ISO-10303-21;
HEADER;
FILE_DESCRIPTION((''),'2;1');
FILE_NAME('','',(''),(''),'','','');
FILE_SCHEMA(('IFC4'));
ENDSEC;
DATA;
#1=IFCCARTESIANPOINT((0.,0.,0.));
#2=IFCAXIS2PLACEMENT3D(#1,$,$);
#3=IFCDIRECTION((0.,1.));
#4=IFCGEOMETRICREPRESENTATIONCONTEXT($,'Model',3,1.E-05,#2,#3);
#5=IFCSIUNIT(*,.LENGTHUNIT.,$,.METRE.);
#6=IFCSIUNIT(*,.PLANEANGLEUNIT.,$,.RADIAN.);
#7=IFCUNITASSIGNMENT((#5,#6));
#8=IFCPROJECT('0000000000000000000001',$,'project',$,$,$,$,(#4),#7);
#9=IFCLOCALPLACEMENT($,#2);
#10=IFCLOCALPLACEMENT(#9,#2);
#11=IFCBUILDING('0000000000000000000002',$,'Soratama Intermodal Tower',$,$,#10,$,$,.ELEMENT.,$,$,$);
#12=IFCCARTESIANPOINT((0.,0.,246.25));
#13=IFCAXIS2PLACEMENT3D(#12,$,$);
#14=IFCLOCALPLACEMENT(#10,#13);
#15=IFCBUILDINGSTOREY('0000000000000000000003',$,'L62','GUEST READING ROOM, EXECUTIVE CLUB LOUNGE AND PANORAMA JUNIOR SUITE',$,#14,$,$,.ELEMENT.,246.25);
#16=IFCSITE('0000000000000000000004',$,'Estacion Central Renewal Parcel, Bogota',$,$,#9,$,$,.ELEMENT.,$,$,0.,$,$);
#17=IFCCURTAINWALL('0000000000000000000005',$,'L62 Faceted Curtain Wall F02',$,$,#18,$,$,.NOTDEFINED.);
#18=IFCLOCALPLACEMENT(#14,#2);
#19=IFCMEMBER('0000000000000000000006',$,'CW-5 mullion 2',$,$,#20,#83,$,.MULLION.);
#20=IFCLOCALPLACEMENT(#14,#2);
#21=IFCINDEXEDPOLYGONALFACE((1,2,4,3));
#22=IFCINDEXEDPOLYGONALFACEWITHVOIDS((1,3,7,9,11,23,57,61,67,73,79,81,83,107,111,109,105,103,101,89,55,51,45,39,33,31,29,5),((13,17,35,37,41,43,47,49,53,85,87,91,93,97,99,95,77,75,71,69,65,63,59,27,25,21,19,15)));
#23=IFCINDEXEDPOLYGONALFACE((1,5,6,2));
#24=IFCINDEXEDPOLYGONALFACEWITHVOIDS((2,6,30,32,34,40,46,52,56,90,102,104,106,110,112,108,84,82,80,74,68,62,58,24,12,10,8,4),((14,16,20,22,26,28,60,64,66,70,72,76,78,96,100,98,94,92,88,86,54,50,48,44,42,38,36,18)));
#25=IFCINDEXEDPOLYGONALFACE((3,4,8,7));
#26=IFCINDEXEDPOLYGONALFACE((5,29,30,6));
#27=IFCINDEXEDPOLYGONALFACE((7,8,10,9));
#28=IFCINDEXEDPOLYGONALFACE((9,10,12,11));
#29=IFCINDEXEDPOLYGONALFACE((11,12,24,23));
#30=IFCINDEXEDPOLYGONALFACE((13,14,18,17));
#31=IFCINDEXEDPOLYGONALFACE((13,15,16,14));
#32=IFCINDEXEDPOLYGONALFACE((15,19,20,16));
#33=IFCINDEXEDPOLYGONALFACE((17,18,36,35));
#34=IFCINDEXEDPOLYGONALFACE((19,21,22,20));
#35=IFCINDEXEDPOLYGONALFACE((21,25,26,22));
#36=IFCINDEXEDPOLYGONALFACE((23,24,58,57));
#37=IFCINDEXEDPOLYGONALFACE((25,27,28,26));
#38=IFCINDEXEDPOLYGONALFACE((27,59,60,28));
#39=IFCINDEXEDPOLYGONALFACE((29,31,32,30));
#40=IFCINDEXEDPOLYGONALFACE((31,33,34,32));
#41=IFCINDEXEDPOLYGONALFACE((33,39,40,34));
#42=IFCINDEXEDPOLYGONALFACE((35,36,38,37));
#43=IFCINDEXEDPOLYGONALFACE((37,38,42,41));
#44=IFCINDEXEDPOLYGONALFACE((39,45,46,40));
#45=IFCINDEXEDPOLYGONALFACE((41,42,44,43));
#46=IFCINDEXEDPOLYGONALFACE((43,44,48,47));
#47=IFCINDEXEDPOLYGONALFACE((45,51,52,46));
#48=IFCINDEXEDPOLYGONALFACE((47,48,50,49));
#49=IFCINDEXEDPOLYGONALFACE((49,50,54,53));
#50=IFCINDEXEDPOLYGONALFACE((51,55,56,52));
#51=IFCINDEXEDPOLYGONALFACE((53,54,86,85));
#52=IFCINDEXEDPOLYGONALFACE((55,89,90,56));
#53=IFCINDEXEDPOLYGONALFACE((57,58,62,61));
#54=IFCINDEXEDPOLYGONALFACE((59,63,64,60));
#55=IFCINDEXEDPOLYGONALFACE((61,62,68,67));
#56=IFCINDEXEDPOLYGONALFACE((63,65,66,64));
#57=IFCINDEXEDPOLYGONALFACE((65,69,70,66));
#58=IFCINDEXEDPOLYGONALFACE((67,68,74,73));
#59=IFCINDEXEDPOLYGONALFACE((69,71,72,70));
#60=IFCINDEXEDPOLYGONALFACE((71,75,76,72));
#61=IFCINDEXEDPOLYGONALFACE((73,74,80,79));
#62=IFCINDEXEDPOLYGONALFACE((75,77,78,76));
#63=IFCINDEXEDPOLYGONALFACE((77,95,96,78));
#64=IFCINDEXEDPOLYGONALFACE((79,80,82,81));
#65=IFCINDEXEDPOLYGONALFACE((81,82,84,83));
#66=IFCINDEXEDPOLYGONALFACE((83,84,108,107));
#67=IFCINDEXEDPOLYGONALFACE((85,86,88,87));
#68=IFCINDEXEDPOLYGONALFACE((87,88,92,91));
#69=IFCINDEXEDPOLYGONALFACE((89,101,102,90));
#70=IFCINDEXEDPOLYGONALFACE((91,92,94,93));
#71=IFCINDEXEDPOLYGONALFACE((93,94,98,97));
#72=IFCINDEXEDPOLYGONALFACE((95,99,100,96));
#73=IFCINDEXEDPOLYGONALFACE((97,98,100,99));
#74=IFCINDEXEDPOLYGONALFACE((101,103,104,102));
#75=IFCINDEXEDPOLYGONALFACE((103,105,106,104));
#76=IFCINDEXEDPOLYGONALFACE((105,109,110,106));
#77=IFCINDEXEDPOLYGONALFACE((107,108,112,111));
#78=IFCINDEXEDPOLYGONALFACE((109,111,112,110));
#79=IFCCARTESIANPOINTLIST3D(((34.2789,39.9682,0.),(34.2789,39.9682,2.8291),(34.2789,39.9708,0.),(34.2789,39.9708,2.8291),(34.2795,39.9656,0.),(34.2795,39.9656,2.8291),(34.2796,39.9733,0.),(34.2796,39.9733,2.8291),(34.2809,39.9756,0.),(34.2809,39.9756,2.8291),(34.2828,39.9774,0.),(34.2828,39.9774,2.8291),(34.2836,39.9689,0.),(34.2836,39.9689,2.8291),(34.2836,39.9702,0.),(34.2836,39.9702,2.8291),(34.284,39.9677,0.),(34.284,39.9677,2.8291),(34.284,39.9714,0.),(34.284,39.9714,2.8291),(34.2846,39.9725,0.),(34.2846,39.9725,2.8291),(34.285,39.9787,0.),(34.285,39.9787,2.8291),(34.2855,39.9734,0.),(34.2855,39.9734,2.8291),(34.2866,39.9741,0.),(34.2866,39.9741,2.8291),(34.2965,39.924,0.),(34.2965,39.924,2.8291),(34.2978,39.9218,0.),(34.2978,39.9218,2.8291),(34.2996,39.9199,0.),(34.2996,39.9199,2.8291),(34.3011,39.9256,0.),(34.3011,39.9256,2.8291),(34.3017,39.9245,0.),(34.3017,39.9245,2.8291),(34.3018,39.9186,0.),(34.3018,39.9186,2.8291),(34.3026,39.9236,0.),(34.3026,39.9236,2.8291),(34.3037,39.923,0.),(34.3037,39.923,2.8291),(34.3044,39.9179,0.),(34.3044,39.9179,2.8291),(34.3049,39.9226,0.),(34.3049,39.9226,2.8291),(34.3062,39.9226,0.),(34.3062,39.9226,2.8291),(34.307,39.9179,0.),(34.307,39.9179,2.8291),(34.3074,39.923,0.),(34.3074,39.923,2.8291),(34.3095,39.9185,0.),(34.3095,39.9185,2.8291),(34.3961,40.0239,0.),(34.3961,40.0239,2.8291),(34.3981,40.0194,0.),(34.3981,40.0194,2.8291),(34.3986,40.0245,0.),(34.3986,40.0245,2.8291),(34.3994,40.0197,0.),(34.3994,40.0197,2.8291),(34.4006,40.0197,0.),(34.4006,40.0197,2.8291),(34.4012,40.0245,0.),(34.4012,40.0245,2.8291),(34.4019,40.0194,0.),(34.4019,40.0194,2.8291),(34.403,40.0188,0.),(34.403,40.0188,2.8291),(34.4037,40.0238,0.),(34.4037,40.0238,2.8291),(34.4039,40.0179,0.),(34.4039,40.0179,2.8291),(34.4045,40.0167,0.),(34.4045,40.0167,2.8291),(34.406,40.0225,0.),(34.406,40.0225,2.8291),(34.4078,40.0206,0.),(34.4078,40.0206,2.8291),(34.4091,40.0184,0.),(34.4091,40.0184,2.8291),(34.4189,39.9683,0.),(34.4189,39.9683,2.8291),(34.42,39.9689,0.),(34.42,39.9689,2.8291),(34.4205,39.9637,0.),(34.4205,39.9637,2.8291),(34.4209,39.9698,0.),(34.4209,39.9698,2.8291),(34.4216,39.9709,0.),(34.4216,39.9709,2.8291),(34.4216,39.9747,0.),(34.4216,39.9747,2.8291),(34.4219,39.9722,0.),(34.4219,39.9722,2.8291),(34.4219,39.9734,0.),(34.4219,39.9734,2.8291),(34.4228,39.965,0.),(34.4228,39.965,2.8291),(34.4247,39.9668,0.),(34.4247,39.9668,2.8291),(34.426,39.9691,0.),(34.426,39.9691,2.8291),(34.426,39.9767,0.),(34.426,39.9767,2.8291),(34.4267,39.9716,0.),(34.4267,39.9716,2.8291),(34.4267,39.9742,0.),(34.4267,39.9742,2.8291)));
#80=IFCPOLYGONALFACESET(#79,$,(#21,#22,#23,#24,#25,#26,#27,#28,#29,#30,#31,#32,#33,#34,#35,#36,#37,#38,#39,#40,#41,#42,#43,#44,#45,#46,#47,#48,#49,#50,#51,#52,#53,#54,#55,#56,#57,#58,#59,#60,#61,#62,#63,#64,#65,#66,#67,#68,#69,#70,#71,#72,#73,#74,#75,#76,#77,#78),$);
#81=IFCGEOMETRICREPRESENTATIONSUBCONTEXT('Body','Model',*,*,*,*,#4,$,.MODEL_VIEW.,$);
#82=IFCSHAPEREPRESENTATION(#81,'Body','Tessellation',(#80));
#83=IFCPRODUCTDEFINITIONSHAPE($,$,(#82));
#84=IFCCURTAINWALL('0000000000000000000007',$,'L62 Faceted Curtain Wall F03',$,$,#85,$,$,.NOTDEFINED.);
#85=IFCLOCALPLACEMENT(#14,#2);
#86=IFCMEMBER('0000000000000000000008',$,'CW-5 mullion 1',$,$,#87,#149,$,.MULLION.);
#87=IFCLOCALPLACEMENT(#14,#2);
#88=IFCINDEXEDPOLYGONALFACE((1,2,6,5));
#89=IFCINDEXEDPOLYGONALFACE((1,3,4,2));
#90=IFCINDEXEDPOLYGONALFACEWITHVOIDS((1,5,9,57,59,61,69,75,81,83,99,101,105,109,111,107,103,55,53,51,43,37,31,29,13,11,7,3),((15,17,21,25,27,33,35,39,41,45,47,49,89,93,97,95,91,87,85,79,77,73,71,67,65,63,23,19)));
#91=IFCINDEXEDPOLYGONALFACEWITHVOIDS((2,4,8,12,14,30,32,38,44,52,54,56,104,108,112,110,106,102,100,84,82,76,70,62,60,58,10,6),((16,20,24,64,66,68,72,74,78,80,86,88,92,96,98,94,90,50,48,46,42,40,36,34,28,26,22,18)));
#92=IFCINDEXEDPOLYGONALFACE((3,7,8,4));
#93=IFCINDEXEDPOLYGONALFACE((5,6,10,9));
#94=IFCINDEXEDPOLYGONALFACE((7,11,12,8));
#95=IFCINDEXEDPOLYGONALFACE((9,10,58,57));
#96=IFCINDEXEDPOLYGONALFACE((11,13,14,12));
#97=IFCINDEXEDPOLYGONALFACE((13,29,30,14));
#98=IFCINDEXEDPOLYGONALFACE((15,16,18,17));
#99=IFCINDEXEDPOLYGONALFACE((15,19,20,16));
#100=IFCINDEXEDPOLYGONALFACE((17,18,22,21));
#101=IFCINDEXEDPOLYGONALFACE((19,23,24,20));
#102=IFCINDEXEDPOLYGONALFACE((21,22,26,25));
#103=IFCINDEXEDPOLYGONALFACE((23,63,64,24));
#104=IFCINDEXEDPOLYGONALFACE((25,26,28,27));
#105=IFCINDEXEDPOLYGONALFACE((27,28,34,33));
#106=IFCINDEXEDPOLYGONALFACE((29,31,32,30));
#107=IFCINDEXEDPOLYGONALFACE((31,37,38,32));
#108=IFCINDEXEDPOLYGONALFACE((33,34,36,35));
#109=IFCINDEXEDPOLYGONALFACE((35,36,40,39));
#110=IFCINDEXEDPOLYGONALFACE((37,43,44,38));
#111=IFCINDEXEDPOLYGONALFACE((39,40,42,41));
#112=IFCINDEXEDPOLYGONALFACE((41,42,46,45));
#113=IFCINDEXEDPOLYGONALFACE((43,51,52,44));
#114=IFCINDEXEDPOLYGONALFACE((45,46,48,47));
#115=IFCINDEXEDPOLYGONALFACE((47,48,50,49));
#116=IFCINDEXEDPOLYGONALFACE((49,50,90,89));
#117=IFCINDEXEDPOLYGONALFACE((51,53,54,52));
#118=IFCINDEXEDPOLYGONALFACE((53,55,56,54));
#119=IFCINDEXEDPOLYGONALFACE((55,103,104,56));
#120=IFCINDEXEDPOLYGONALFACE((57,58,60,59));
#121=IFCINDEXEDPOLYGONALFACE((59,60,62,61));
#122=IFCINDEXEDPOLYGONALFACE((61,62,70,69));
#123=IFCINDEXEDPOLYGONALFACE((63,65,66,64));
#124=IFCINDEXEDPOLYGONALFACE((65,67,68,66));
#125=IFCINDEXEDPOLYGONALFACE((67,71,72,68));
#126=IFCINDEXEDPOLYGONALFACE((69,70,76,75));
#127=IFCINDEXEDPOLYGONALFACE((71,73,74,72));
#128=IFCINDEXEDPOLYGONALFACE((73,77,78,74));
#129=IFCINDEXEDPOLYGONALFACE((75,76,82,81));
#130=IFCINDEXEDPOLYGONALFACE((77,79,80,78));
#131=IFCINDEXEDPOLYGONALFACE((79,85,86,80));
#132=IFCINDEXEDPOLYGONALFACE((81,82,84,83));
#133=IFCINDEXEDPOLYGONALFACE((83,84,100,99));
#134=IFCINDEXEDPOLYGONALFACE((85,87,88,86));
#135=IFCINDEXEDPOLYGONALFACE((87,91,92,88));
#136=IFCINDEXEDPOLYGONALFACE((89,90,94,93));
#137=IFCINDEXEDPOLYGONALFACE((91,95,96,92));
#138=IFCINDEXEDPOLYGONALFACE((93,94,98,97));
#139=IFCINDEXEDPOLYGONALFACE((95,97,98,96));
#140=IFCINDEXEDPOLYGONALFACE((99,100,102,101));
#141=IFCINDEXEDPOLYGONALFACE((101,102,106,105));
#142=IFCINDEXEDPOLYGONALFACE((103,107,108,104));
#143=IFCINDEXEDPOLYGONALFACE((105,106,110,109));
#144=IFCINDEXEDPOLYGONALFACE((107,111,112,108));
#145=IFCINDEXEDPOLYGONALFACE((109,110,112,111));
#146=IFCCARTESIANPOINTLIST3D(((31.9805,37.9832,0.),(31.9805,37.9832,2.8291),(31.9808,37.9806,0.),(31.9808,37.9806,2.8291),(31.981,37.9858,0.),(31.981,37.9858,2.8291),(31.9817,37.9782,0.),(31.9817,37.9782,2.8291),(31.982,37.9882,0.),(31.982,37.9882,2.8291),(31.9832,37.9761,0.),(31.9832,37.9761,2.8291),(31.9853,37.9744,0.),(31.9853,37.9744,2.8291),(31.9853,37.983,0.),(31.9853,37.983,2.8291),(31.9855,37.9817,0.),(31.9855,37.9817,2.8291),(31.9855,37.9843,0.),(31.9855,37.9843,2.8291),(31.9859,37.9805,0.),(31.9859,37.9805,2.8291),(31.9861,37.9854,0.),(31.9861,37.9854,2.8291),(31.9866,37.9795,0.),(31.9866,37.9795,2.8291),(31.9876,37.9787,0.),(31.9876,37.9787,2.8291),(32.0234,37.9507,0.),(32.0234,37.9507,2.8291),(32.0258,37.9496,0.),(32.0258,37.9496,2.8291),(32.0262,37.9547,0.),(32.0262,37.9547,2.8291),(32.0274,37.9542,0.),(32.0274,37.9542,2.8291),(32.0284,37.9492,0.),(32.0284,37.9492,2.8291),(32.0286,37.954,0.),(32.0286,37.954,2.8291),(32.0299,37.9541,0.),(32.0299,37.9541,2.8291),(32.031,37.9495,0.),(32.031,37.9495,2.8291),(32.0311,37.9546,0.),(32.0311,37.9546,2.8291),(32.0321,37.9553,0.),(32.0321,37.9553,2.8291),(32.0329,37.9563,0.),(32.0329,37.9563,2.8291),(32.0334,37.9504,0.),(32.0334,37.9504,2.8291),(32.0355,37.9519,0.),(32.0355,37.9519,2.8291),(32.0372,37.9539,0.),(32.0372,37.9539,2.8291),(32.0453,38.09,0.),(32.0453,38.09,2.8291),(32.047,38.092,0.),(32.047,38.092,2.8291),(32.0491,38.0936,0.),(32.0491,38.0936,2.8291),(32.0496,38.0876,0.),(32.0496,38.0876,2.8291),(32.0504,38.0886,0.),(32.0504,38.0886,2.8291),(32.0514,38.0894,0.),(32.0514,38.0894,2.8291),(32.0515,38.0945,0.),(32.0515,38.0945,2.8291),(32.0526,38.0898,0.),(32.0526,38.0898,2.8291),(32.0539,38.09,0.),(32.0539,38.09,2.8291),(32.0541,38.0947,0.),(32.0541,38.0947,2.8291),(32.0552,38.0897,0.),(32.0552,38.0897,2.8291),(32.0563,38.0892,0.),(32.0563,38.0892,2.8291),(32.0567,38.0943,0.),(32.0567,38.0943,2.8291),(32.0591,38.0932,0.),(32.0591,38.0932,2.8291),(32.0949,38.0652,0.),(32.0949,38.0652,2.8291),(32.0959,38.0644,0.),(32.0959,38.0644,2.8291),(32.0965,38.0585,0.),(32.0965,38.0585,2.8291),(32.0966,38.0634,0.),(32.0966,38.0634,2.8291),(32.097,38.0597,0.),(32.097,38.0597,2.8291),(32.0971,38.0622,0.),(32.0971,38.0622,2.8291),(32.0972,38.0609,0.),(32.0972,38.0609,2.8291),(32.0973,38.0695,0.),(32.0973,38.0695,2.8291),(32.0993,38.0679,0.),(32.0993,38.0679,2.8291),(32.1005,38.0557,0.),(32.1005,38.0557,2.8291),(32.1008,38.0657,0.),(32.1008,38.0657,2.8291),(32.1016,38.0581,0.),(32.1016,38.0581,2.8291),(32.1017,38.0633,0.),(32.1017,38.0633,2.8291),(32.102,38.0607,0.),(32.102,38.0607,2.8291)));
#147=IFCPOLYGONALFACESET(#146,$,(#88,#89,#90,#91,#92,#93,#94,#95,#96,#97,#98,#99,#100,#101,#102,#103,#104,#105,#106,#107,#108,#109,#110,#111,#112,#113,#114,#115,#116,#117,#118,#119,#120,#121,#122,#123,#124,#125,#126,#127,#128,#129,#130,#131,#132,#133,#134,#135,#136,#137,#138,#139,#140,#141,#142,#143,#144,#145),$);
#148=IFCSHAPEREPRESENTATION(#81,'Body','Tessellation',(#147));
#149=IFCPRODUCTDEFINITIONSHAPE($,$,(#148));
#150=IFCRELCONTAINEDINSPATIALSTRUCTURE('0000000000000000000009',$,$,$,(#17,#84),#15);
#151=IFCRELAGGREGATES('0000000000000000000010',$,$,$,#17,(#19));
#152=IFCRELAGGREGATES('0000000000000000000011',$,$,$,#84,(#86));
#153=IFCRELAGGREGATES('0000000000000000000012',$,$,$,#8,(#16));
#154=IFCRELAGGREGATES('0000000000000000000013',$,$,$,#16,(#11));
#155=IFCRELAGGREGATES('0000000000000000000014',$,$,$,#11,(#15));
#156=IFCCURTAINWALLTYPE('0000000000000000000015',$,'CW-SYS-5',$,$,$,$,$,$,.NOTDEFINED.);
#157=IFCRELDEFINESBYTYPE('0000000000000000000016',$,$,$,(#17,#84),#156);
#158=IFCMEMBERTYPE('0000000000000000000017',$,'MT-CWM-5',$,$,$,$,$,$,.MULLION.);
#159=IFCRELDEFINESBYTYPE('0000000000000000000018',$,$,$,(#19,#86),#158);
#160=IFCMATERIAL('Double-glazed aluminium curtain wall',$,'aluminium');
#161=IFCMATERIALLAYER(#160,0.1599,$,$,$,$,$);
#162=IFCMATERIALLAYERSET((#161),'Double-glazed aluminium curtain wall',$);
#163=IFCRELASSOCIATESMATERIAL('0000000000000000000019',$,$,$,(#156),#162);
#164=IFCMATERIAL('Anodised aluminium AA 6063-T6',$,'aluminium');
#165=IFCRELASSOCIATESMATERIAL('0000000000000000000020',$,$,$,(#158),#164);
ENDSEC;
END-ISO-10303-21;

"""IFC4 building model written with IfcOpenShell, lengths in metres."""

from ifc_helpers import new_model, si_unit, direction, frame, origin, origin_2d, place, context, subcontext, project, spatial, hollow_rectangle, extrude, material, layer, layer_set, material_profile, profile_set, type_object, element, aggregate, save


model = new_model("IFC4")

# Units and contexts
model_context = context("Model", 3, precision=1e-05, world=origin(), true_north=direction((0.0, 1.0)))
body_context = subcontext(model_context, "Body", "Model", "MODEL_VIEW")
ifc_project = project(units=[si_unit("LENGTHUNIT", "METRE"), si_unit("PLANEANGLEUNIT", "RADIAN")], contexts=[model_context])

# Site, building, storey
site_placement = place(None, origin())
site = spatial("IfcSite", under=ifc_project, at=site_placement, Name="Estacion Central Renewal Parcel, Bogota", CompositionType="ELEMENT", RefElevation=0.0)
building_placement = place(site_placement, origin())
building = spatial("IfcBuilding", under=site, at=building_placement, Name="Soratama Intermodal Tower", CompositionType="ELEMENT")
storey_placement = place(building_placement, frame((0.0, 0.0, 246.25)))
storey = spatial("IfcBuildingStorey", under=building, at=storey_placement, Name="L62", Description="GUEST READING ROOM, EXECUTIVE CLUB LOUNGE AND PANORAMA JUNIOR SUITE", CompositionType="ELEMENT", Elevation=246.25)

# Curtain wall, member
ifc_material_1 = material(Name="Double-glazed aluminium curtain wall", Category="aluminium")
ifc_layer_1 = layer(ifc_material_1, 0.1599)
ifc_layer_set_1 = layer_set([ifc_layer_1], Name="Double-glazed aluminium curtain wall")
curtain_wall_type = type_object("IfcCurtainWallType", Name="CW-SYS-5", PredefinedType="NOTDEFINED", material=ifc_layer_set_1)
curtain_wall_1_placement = place(storey_placement, origin())
curtain_wall_1 = element("IfcCurtainWall", 1, at=curtain_wall_1_placement, inside=storey, type_object=curtain_wall_type, Name="L62 Faceted Curtain Wall F02", PredefinedType="NOTDEFINED")
ifc_material_2 = material(Name="Anodised aluminium AA 6063-T6", Category="aluminium")
ifc_material_profile_1 = material_profile(ifc_material_2, hollow_rectangle(XDim=0.0649, YDim=0.1399, WallThickness=0.0049, InnerFilletRadius=0.0049, OuterFilletRadius=0.01, at=origin_2d()), Name="CWM140X65X5")
ifc_profile_set_1 = profile_set([ifc_material_profile_1], Name="Anodised aluminium AA 6063-T6")
member_type_1 = type_object("IfcMemberType", Name="MT-CWM-5", PredefinedType="MULLION", material=ifc_profile_set_1)
member_1_placement = place(storey_placement, frame((34.3528, 39.9712, 0.0), z_axis=(0.0, 0.0, 1.0), x_axis=(0.376881, -0.926262, 0.0)))
member_1 = element("IfcMember", 2, at=member_1_placement, type_object=member_type_1, Name="CW-5 mullion 2", PredefinedType="MULLION", context=body_context, shape_type="SweptSolid", body=[
    extrude(hollow_rectangle(XDim=0.0649, YDim=0.1399, WallThickness=0.0049, InnerFilletRadius=0.0049, OuterFilletRadius=0.01, at=origin_2d()), origin(), (0.0, 0.0, 1.0), 2.8291),
])

# Curtain wall, member
curtain_wall_2_placement = place(storey_placement, origin())
curtain_wall_2 = element("IfcCurtainWall", 3, at=curtain_wall_2_placement, inside=storey, type_object=curtain_wall_type, Name="L62 Faceted Curtain Wall F03", PredefinedType="NOTDEFINED")
member_2_placement = place(storey_placement, frame((32.0413, 38.022, 0.0), z_axis=(0.0, 0.0, 1.0), x_axis=(0.849339, -0.527848, 0.0)))
member_2 = element("IfcMember", 4, at=member_2_placement, type_object=member_type_1, Name="CW-5 mullion 1", PredefinedType="MULLION", context=body_context, shape_type="SweptSolid", body=[
    extrude(hollow_rectangle(XDim=0.0649, YDim=0.1399, WallThickness=0.0049, InnerFilletRadius=0.0049, OuterFilletRadius=0.01, at=origin_2d()), origin(), (0.0, 0.0, 1.0), 2.8291),
])

aggregate(curtain_wall_1, [member_1])
aggregate(curtain_wall_2, [member_2])

save(model, "model.ifc")
